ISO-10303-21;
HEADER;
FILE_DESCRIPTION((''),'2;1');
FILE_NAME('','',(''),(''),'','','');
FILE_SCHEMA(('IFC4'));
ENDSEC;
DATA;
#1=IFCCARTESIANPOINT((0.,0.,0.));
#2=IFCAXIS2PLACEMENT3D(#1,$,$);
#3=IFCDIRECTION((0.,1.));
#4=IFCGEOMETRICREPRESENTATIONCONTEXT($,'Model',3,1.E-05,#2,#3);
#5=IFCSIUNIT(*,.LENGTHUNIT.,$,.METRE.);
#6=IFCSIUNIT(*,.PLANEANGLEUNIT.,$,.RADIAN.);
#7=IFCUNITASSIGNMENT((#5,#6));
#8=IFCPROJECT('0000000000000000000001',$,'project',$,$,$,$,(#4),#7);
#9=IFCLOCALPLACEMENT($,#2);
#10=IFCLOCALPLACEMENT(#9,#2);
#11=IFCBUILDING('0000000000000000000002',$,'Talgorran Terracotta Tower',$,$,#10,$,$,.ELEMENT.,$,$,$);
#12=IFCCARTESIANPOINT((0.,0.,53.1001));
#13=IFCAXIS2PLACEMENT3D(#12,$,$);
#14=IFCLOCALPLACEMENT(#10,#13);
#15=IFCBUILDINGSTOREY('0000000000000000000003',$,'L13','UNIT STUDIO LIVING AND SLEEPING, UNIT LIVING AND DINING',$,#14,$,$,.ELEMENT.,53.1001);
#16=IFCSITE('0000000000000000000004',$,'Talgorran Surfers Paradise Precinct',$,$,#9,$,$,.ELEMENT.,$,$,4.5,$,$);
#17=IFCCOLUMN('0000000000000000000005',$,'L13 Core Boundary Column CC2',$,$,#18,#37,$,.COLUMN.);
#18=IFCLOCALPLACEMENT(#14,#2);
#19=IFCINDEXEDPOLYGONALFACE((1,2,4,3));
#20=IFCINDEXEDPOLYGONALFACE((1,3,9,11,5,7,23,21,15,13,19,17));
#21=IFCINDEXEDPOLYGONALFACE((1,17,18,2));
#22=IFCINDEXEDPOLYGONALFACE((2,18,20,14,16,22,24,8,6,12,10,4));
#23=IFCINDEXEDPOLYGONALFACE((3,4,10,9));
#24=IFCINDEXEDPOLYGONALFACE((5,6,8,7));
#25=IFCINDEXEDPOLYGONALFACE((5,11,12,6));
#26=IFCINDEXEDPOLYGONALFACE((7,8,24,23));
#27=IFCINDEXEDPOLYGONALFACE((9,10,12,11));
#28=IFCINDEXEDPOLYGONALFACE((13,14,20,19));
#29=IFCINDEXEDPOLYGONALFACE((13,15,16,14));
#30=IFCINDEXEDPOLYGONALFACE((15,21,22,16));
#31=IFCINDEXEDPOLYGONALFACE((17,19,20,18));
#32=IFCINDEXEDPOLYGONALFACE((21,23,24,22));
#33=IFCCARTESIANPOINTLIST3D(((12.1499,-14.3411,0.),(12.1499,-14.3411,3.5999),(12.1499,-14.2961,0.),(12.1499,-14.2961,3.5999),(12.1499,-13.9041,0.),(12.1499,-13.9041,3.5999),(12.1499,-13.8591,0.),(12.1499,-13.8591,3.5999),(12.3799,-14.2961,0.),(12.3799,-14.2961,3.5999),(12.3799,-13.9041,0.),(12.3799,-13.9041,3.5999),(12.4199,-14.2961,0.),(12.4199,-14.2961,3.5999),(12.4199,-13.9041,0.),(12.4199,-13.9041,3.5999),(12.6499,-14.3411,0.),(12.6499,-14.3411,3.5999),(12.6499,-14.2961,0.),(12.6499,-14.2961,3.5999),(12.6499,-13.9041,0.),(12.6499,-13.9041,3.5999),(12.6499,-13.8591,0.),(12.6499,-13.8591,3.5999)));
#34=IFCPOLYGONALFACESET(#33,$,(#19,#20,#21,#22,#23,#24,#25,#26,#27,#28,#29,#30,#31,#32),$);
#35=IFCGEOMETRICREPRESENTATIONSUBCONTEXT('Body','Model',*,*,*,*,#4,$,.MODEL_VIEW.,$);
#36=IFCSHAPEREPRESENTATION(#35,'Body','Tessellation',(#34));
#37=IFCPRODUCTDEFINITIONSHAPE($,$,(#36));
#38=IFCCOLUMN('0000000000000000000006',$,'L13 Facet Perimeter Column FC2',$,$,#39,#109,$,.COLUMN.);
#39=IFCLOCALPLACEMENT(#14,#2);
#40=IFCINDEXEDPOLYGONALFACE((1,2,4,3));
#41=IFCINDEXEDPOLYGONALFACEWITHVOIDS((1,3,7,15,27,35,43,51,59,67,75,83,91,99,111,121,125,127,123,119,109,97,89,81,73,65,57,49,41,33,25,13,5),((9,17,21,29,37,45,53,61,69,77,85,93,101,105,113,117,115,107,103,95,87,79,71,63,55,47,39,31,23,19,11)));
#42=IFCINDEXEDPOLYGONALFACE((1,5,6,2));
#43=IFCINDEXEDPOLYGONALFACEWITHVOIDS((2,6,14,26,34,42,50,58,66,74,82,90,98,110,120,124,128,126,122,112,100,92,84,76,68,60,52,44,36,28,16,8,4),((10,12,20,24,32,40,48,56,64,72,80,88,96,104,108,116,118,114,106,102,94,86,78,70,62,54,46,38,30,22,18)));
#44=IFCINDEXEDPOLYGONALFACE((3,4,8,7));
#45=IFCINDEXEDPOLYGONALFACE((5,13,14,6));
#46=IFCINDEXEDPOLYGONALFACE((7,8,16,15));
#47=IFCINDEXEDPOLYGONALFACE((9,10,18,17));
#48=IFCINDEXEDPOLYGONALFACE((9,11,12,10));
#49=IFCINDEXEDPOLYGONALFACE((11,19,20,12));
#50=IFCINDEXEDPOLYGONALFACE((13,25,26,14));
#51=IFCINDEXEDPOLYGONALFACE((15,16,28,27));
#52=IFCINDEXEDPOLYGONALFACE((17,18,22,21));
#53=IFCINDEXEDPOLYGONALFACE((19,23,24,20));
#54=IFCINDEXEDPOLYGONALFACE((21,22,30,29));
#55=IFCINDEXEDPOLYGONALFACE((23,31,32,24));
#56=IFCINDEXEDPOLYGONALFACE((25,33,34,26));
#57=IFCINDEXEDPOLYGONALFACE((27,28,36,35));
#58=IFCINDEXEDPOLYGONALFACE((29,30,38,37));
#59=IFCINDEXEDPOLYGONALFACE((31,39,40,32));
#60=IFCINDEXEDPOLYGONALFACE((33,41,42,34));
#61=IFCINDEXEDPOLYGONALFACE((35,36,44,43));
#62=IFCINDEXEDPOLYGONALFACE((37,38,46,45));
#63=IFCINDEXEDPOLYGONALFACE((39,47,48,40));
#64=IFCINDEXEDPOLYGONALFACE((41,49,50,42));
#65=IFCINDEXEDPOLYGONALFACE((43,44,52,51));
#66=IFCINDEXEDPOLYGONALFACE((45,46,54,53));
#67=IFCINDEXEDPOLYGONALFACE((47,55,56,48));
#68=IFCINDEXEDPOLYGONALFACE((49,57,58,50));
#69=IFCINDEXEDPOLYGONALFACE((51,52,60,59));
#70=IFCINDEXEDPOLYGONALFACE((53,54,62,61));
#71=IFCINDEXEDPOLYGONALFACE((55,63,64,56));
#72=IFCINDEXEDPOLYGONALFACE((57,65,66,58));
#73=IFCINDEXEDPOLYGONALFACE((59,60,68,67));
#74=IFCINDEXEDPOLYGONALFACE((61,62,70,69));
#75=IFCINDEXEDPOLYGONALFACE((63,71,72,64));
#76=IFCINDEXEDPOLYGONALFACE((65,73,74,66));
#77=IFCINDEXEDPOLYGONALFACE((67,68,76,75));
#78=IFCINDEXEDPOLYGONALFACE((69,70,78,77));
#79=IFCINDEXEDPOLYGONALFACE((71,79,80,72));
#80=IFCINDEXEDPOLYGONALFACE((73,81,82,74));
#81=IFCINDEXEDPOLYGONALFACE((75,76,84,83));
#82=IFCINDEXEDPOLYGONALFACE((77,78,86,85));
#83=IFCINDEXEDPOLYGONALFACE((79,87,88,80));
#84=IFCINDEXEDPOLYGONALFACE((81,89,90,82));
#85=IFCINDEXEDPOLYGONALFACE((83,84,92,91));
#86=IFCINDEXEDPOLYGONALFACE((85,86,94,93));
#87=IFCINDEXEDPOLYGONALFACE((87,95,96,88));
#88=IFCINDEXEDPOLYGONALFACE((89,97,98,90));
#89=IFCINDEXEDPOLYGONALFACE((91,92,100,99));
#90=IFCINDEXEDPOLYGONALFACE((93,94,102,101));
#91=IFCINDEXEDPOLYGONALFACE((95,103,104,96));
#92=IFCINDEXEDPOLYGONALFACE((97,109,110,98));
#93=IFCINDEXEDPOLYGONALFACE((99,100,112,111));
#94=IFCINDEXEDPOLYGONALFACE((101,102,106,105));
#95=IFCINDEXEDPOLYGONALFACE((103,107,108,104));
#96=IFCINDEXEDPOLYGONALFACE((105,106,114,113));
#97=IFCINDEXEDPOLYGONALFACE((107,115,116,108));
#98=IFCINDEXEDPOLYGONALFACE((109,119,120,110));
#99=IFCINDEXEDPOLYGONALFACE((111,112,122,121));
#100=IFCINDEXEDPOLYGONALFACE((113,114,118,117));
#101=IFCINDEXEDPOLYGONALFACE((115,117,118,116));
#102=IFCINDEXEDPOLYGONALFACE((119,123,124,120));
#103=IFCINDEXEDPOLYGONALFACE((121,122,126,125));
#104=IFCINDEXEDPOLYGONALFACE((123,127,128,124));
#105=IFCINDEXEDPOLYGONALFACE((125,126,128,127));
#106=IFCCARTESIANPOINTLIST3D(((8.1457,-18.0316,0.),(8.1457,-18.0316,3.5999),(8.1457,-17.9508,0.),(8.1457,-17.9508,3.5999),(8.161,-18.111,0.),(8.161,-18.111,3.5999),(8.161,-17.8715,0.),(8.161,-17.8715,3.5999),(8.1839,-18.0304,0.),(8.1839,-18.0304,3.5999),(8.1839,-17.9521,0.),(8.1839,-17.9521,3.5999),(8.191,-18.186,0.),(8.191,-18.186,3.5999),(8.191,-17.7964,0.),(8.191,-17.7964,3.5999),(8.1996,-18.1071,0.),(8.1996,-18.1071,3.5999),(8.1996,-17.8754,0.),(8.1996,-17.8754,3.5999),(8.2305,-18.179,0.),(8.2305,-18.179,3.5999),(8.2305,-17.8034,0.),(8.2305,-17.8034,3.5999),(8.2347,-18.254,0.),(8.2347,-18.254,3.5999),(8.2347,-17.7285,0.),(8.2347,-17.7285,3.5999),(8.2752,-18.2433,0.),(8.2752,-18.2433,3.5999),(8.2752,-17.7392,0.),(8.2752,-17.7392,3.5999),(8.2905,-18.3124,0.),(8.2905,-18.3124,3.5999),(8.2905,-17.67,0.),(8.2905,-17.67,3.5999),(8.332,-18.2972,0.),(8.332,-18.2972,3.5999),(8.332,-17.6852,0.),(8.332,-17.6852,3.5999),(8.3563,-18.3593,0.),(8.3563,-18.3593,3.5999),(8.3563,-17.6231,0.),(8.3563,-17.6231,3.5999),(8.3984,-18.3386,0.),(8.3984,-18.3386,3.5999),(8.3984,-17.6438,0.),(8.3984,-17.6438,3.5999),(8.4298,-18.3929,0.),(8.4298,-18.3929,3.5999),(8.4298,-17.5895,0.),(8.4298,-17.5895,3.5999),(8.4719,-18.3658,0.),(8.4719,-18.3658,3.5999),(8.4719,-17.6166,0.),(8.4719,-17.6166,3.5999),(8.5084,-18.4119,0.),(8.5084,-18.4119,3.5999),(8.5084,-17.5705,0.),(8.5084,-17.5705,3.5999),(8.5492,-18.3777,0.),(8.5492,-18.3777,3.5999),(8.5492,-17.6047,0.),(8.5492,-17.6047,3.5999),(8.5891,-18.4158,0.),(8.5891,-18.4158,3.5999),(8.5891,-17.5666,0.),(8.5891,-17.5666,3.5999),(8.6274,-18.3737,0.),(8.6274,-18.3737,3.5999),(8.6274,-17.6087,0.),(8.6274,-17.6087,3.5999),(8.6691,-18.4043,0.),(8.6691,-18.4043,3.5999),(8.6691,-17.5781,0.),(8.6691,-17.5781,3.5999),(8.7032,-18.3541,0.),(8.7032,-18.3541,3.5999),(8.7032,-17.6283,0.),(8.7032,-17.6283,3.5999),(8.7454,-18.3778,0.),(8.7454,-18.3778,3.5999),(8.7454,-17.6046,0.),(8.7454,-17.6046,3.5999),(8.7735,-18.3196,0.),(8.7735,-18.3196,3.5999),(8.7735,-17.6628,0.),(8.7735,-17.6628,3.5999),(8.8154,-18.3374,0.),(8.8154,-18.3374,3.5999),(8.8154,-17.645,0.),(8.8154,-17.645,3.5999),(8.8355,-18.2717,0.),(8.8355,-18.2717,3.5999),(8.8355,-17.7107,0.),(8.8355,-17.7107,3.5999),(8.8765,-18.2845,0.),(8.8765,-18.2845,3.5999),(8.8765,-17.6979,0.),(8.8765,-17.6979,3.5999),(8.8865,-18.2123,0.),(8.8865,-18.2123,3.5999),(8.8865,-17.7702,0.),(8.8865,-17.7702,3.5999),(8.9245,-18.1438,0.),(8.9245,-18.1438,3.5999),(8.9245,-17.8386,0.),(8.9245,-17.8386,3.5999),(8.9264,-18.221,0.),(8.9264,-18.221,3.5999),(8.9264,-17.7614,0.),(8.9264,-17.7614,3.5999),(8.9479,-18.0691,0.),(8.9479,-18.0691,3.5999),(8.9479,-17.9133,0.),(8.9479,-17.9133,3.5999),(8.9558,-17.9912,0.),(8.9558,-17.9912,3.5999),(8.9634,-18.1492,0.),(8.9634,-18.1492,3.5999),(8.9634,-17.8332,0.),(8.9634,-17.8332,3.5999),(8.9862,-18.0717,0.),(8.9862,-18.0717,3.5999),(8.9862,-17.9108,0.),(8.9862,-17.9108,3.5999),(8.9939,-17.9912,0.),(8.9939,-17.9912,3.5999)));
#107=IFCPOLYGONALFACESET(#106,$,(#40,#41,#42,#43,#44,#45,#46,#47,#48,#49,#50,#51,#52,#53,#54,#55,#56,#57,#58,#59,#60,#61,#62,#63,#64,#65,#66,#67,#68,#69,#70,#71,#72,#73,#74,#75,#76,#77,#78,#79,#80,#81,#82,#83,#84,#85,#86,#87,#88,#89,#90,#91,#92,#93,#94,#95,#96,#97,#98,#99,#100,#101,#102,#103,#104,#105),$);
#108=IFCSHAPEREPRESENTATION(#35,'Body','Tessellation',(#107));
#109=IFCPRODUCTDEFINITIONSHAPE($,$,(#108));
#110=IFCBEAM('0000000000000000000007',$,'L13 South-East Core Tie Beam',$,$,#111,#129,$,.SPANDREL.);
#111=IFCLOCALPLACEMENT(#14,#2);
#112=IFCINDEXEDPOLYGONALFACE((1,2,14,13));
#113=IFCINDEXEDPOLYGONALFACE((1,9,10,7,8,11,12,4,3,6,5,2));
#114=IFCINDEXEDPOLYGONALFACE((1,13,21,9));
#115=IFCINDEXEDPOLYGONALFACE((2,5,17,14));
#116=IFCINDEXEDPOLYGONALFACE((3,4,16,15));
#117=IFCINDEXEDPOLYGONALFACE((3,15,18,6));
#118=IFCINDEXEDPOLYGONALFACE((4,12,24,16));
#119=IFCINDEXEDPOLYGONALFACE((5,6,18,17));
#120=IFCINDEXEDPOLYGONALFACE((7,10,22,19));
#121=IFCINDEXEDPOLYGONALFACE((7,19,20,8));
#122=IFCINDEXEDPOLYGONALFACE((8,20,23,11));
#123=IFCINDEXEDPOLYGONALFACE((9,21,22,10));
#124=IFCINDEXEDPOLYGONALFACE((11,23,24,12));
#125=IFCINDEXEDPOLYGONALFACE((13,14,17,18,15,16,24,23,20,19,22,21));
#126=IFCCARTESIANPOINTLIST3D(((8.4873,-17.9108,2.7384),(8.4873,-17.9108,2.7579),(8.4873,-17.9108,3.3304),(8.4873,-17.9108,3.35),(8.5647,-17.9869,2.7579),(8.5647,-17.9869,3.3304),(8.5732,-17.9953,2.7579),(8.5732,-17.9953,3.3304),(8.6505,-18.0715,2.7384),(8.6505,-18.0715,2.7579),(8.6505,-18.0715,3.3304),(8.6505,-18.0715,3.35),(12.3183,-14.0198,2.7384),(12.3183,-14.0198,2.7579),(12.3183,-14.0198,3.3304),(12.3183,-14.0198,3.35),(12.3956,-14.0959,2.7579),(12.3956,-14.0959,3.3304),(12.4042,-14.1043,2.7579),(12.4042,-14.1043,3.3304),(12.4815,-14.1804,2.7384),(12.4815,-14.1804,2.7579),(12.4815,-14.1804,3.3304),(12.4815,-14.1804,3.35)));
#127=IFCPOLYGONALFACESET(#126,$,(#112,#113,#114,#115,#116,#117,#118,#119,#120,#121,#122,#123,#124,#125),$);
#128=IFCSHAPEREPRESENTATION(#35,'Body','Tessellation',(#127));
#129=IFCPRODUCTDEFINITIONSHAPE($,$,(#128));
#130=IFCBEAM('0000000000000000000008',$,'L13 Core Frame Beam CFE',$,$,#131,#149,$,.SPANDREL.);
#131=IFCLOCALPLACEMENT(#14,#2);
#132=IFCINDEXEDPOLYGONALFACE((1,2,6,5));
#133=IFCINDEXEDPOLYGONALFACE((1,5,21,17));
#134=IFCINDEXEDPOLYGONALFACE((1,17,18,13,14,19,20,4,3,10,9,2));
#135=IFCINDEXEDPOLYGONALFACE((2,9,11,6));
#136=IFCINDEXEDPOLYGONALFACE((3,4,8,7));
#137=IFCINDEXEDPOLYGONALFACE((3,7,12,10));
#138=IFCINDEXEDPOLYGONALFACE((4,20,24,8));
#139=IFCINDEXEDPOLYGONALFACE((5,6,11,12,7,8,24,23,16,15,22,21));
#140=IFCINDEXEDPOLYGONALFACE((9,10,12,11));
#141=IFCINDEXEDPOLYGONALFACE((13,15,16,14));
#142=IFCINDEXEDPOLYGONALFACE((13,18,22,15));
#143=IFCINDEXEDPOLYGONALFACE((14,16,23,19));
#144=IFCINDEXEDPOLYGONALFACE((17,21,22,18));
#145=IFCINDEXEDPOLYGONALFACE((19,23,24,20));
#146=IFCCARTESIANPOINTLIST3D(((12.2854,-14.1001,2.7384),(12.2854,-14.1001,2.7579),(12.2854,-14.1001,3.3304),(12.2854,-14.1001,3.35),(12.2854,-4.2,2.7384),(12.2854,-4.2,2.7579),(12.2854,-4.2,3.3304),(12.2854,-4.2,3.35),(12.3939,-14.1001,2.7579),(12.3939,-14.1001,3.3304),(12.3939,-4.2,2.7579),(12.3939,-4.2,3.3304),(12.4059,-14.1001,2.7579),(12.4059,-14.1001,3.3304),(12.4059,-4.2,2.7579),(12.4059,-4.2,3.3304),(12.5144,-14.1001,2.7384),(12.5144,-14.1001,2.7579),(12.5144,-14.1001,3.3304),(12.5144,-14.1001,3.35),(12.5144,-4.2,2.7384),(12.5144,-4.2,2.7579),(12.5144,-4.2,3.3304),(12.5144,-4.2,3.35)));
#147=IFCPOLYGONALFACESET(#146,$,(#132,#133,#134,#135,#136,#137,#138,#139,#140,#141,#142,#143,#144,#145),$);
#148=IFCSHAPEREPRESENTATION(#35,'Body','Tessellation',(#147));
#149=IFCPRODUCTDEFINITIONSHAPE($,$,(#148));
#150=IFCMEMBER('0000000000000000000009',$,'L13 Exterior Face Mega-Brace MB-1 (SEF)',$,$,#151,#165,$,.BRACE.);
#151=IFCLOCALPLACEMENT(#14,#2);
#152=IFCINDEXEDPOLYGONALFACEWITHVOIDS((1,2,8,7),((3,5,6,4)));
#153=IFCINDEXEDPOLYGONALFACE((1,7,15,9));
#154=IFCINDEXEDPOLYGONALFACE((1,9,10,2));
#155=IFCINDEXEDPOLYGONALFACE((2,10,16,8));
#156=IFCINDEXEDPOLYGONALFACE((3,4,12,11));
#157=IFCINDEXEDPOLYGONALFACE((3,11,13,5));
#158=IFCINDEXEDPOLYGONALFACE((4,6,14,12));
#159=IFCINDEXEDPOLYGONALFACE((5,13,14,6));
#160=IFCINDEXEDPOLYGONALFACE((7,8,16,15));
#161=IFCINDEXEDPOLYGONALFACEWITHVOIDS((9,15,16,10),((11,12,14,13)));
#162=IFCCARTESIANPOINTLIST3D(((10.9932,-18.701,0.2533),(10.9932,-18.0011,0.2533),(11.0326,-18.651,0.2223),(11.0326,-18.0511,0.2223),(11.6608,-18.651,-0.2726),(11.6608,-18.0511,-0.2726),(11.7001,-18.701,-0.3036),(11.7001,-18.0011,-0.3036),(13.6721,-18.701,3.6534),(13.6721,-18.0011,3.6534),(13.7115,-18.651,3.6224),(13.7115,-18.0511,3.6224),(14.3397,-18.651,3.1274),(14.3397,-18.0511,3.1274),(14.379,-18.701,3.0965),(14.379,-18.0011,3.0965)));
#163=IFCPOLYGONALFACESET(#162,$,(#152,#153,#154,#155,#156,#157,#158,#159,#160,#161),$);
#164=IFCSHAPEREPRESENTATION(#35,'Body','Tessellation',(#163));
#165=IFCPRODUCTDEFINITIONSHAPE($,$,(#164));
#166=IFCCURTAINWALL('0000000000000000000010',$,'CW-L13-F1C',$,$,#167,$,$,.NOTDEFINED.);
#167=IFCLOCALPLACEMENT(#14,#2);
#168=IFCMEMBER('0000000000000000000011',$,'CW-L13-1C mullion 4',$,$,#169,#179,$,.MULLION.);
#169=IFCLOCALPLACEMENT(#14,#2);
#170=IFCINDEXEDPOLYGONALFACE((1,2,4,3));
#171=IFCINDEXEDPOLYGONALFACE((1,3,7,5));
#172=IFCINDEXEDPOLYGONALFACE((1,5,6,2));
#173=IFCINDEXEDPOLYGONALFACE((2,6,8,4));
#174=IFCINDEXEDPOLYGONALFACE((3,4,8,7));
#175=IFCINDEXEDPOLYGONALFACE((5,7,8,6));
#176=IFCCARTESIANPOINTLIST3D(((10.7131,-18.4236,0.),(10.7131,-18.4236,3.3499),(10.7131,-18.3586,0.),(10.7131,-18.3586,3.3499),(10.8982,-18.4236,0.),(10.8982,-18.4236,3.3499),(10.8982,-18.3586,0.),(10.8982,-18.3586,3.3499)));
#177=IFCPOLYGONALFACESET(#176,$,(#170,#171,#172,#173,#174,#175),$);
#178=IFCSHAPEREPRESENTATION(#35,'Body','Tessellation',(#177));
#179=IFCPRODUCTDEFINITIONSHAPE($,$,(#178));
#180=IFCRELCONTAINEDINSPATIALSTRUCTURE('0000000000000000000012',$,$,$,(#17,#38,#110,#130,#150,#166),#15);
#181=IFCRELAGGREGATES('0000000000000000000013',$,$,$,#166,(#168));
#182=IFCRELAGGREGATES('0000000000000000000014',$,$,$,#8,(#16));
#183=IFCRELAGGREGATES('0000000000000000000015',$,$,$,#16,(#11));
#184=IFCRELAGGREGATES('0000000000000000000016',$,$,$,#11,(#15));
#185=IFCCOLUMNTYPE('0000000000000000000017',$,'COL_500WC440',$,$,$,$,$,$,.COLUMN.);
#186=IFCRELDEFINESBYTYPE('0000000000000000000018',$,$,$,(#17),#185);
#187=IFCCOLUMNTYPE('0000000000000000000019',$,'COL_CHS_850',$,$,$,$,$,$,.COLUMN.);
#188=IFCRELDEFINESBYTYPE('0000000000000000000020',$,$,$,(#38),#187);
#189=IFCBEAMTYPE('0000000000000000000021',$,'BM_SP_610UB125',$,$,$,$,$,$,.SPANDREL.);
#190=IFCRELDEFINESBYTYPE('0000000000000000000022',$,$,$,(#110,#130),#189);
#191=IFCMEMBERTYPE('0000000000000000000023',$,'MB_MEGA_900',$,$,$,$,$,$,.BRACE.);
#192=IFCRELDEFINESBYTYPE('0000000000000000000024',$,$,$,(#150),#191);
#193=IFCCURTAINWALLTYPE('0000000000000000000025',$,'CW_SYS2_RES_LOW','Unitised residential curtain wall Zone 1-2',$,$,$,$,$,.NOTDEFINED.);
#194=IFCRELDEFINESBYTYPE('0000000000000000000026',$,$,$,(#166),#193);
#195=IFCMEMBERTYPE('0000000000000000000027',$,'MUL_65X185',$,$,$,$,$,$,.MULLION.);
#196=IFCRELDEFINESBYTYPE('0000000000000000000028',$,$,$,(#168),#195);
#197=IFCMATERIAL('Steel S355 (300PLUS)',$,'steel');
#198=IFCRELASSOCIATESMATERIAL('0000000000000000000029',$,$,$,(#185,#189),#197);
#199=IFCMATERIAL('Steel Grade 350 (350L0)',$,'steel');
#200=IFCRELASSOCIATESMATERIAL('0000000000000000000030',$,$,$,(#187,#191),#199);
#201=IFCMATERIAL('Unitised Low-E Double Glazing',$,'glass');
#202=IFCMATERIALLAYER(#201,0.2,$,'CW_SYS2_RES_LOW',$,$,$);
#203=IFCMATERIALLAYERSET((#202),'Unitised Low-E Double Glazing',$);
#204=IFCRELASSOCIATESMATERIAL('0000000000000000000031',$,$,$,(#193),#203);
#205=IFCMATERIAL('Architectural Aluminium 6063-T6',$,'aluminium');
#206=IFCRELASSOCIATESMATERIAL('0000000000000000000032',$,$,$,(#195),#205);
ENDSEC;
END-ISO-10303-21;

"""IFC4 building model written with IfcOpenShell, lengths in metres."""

from ifc_helpers import new_model, si_unit, direction, frame, origin, origin_2d, place, context, subcontext, project, spatial, rectangle, hollow_rectangle, hollow_circle, i_section, extrude, material, layer, layer_set, material_profile, profile_set, type_object, element, aggregate, save


model = new_model("IFC4")

# Units and contexts
model_context = context("Model", 3, precision=1e-05, world=origin(), true_north=direction((0.0, 1.0)))
body_context = subcontext(model_context, "Body", "Model", "MODEL_VIEW")
ifc_project = project(units=[si_unit("LENGTHUNIT", "METRE"), si_unit("PLANEANGLEUNIT", "RADIAN")], contexts=[model_context])

# Site, building, storey
site_placement = place(None, origin())
site = spatial("IfcSite", under=ifc_project, at=site_placement, Name="Talgorran Surfers Paradise Precinct", CompositionType="ELEMENT", RefElevation=4.5)
building_placement = place(site_placement, origin())
building = spatial("IfcBuilding", under=site, at=building_placement, Name="Talgorran Terracotta Tower", CompositionType="ELEMENT")
storey_placement = place(building_placement, frame((0.0, 0.0, 53.1001)))
storey = spatial("IfcBuildingStorey", under=building, at=storey_placement, Name="L13", Description="UNIT STUDIO LIVING AND SLEEPING, UNIT LIVING AND DINING", CompositionType="ELEMENT", Elevation=53.1001)

# Columns
ifc_material_1 = material(Name="Steel S355 (300PLUS)", Category="steel")
ifc_material_profile_1 = material_profile(ifc_material_1, i_section(OverallWidth=0.5, OverallDepth=0.4819, WebThickness=0.04, FlangeThickness=0.0449, at=origin_2d()), Name="500WC440")
ifc_profile_set_1 = profile_set([ifc_material_profile_1], Name="Steel S355 (300PLUS)")
column_type_1 = type_object("IfcColumnType", Name="COL_500WC440", PredefinedType="COLUMN", material=ifc_profile_set_1)
column_1_placement = place(storey_placement, frame((12.3999, -14.1001, 0.0), z_axis=(0.0, 0.0, 1.0), x_axis=(1.0, 0.0, 0.0)))
element("IfcColumn", 1, at=column_1_placement, inside=storey, type_object=column_type_1, Name="L13 Core Boundary Column CC2", PredefinedType="COLUMN", context=body_context, shape_type="SweptSolid", body=[
    extrude(i_section(OverallWidth=0.5, OverallDepth=0.4819, WebThickness=0.04, FlangeThickness=0.0449, at=origin_2d()), origin(), (0.0, 0.0, 1.0), 3.5999),
])
ifc_material_2 = material(Name="Steel Grade 350 (350L0)", Category="steel")
ifc_material_profile_2 = material_profile(ifc_material_2, hollow_circle(Radius=0.425, WallThickness=0.0381, at=origin_2d()), Name="CHS850X38")
ifc_profile_set_2 = profile_set([ifc_material_profile_2], Name="Steel Grade 350 (350L0)")
column_type_2 = type_object("IfcColumnType", Name="COL_CHS_850", PredefinedType="COLUMN", material=ifc_profile_set_2)
column_2_placement = place(storey_placement, frame((8.5688, -17.9912, 0.0), z_axis=(0.0, 0.0, 1.0), x_axis=(1.0, 0.0, 0.0)))
element("IfcColumn", 2, at=column_2_placement, inside=storey, type_object=column_type_2, Name="L13 Facet Perimeter Column FC2", PredefinedType="COLUMN", context=body_context, shape_type="SweptSolid", body=[
    extrude(hollow_circle(Radius=0.425, WallThickness=0.0381, at=origin_2d()), origin(), (0.0, 0.0, 1.0), 3.5999),
])

# Beams
ifc_material_profile_3 = material_profile(ifc_material_1, i_section(OverallWidth=0.229, OverallDepth=0.6116, WebThickness=0.012, FlangeThickness=0.0195, at=origin_2d()), Name="610UB125")
ifc_profile_set_3 = profile_set([ifc_material_profile_3], Name="Steel S355 (300PLUS)")
beam_type = type_object("IfcBeamType", Name="BM_SP_610UB125", PredefinedType="SPANDREL", material=ifc_profile_set_3)
beam_1_placement = place(storey_placement, frame((12.3999, -14.1001, 3.0442), z_axis=(-0.701586, -0.712585, 0.0), x_axis=(0.712585, -0.701586, 0.0)))
element("IfcBeam", 3, at=beam_1_placement, inside=storey, type_object=beam_type, Name="L13 South-East Core Tie Beam", PredefinedType="SPANDREL", context=body_context, shape_type="SweptSolid", body=[
    extrude(i_section(OverallWidth=0.229, OverallDepth=0.6116, WebThickness=0.012, FlangeThickness=0.0195, at=origin_2d()), origin(), (0.0, 0.0, 1.0), 5.4604),
])
beam_2_placement = place(storey_placement, frame((12.3999, -14.1001, 3.0442), z_axis=(0.0, 1.0, 0.0), x_axis=(-1.0, 0.0, 0.0)))
element("IfcBeam", 4, at=beam_2_placement, inside=storey, type_object=beam_type, Name="L13 Core Frame Beam CFE", PredefinedType="SPANDREL", context=body_context, shape_type="SweptSolid", body=[
    extrude(i_section(OverallWidth=0.229, OverallDepth=0.6116, WebThickness=0.012, FlangeThickness=0.0195, at=origin_2d()), origin(), (0.0, 0.0, 1.0), 9.9001),
])

# Member
ifc_material_profile_4 = material_profile(ifc_material_2, hollow_rectangle(XDim=0.7, YDim=0.8999, WallThickness=0.05, at=origin_2d()), Name="WBOX900X700X50")
ifc_profile_set_4 = profile_set([ifc_material_profile_4], Name="Steel Grade 350 (350L0)")
member_type_1 = type_object("IfcMemberType", Name="MB_MEGA_900", PredefinedType="BRACE", material=ifc_profile_set_4)
member_1_placement = place(storey_placement, frame((11.3467, -18.3511, -0.0251), z_axis=(0.61888, 0.0, 0.785486), x_axis=(0.0, 1.0, 0.0)))
element("IfcMember", 5, at=member_1_placement, inside=storey, type_object=member_type_1, Name="L13 Exterior Face Mega-Brace MB-1 (SEF)", PredefinedType="BRACE", context=body_context, shape_type="SweptSolid", body=[
    extrude(hollow_rectangle(XDim=0.7, YDim=0.8999, WallThickness=0.05, at=origin_2d()), origin(), (0.0, 0.0, 1.0), 4.3286),
])

# Curtain wall, member
ifc_material_3 = material(Name="Unitised Low-E Double Glazing", Category="glass")
ifc_layer_1 = layer(ifc_material_3, 0.2, Name="CW_SYS2_RES_LOW")
ifc_layer_set_1 = layer_set([ifc_layer_1], Name="Unitised Low-E Double Glazing")
curtain_wall_type = type_object("IfcCurtainWallType", Name="CW_SYS2_RES_LOW", Description="Unitised residential curtain wall Zone 1-2", PredefinedType="NOTDEFINED", material=ifc_layer_set_1)
curtain_wall_1_placement = place(storey_placement, origin())
curtain_wall_1 = element("IfcCurtainWall", 6, at=curtain_wall_1_placement, inside=storey, type_object=curtain_wall_type, Name="CW-L13-F1C", PredefinedType="NOTDEFINED")
ifc_material_4 = material(Name="Architectural Aluminium 6063-T6", Category="aluminium")
ifc_material_profile_5 = material_profile(ifc_material_4, rectangle(XDim=0.0649, YDim=0.1851, at=origin_2d()), Name="CWM65X185")
ifc_profile_set_5 = profile_set([ifc_material_profile_5], Name="Architectural Aluminium 6063-T6")
member_type_2 = type_object("IfcMemberType", Name="MUL_65X185", PredefinedType="MULLION", material=ifc_profile_set_5)
member_2_placement = place(storey_placement, frame((10.8057, -18.3911, 0.0), z_axis=(0.0, 0.0, 1.0), x_axis=(0.0, 1.0, 0.0)))
member_2 = element("IfcMember", 7, at=member_2_placement, type_object=member_type_2, Name="CW-L13-1C mullion 4", PredefinedType="MULLION", context=body_context, shape_type="SweptSolid", body=[
    extrude(rectangle(XDim=0.0649, YDim=0.1851, at=origin_2d()), origin(), (0.0, 0.0, 1.0), 3.3499),
])
aggregate(curtain_wall_1, [member_2])

save(model, "model.ifc")
